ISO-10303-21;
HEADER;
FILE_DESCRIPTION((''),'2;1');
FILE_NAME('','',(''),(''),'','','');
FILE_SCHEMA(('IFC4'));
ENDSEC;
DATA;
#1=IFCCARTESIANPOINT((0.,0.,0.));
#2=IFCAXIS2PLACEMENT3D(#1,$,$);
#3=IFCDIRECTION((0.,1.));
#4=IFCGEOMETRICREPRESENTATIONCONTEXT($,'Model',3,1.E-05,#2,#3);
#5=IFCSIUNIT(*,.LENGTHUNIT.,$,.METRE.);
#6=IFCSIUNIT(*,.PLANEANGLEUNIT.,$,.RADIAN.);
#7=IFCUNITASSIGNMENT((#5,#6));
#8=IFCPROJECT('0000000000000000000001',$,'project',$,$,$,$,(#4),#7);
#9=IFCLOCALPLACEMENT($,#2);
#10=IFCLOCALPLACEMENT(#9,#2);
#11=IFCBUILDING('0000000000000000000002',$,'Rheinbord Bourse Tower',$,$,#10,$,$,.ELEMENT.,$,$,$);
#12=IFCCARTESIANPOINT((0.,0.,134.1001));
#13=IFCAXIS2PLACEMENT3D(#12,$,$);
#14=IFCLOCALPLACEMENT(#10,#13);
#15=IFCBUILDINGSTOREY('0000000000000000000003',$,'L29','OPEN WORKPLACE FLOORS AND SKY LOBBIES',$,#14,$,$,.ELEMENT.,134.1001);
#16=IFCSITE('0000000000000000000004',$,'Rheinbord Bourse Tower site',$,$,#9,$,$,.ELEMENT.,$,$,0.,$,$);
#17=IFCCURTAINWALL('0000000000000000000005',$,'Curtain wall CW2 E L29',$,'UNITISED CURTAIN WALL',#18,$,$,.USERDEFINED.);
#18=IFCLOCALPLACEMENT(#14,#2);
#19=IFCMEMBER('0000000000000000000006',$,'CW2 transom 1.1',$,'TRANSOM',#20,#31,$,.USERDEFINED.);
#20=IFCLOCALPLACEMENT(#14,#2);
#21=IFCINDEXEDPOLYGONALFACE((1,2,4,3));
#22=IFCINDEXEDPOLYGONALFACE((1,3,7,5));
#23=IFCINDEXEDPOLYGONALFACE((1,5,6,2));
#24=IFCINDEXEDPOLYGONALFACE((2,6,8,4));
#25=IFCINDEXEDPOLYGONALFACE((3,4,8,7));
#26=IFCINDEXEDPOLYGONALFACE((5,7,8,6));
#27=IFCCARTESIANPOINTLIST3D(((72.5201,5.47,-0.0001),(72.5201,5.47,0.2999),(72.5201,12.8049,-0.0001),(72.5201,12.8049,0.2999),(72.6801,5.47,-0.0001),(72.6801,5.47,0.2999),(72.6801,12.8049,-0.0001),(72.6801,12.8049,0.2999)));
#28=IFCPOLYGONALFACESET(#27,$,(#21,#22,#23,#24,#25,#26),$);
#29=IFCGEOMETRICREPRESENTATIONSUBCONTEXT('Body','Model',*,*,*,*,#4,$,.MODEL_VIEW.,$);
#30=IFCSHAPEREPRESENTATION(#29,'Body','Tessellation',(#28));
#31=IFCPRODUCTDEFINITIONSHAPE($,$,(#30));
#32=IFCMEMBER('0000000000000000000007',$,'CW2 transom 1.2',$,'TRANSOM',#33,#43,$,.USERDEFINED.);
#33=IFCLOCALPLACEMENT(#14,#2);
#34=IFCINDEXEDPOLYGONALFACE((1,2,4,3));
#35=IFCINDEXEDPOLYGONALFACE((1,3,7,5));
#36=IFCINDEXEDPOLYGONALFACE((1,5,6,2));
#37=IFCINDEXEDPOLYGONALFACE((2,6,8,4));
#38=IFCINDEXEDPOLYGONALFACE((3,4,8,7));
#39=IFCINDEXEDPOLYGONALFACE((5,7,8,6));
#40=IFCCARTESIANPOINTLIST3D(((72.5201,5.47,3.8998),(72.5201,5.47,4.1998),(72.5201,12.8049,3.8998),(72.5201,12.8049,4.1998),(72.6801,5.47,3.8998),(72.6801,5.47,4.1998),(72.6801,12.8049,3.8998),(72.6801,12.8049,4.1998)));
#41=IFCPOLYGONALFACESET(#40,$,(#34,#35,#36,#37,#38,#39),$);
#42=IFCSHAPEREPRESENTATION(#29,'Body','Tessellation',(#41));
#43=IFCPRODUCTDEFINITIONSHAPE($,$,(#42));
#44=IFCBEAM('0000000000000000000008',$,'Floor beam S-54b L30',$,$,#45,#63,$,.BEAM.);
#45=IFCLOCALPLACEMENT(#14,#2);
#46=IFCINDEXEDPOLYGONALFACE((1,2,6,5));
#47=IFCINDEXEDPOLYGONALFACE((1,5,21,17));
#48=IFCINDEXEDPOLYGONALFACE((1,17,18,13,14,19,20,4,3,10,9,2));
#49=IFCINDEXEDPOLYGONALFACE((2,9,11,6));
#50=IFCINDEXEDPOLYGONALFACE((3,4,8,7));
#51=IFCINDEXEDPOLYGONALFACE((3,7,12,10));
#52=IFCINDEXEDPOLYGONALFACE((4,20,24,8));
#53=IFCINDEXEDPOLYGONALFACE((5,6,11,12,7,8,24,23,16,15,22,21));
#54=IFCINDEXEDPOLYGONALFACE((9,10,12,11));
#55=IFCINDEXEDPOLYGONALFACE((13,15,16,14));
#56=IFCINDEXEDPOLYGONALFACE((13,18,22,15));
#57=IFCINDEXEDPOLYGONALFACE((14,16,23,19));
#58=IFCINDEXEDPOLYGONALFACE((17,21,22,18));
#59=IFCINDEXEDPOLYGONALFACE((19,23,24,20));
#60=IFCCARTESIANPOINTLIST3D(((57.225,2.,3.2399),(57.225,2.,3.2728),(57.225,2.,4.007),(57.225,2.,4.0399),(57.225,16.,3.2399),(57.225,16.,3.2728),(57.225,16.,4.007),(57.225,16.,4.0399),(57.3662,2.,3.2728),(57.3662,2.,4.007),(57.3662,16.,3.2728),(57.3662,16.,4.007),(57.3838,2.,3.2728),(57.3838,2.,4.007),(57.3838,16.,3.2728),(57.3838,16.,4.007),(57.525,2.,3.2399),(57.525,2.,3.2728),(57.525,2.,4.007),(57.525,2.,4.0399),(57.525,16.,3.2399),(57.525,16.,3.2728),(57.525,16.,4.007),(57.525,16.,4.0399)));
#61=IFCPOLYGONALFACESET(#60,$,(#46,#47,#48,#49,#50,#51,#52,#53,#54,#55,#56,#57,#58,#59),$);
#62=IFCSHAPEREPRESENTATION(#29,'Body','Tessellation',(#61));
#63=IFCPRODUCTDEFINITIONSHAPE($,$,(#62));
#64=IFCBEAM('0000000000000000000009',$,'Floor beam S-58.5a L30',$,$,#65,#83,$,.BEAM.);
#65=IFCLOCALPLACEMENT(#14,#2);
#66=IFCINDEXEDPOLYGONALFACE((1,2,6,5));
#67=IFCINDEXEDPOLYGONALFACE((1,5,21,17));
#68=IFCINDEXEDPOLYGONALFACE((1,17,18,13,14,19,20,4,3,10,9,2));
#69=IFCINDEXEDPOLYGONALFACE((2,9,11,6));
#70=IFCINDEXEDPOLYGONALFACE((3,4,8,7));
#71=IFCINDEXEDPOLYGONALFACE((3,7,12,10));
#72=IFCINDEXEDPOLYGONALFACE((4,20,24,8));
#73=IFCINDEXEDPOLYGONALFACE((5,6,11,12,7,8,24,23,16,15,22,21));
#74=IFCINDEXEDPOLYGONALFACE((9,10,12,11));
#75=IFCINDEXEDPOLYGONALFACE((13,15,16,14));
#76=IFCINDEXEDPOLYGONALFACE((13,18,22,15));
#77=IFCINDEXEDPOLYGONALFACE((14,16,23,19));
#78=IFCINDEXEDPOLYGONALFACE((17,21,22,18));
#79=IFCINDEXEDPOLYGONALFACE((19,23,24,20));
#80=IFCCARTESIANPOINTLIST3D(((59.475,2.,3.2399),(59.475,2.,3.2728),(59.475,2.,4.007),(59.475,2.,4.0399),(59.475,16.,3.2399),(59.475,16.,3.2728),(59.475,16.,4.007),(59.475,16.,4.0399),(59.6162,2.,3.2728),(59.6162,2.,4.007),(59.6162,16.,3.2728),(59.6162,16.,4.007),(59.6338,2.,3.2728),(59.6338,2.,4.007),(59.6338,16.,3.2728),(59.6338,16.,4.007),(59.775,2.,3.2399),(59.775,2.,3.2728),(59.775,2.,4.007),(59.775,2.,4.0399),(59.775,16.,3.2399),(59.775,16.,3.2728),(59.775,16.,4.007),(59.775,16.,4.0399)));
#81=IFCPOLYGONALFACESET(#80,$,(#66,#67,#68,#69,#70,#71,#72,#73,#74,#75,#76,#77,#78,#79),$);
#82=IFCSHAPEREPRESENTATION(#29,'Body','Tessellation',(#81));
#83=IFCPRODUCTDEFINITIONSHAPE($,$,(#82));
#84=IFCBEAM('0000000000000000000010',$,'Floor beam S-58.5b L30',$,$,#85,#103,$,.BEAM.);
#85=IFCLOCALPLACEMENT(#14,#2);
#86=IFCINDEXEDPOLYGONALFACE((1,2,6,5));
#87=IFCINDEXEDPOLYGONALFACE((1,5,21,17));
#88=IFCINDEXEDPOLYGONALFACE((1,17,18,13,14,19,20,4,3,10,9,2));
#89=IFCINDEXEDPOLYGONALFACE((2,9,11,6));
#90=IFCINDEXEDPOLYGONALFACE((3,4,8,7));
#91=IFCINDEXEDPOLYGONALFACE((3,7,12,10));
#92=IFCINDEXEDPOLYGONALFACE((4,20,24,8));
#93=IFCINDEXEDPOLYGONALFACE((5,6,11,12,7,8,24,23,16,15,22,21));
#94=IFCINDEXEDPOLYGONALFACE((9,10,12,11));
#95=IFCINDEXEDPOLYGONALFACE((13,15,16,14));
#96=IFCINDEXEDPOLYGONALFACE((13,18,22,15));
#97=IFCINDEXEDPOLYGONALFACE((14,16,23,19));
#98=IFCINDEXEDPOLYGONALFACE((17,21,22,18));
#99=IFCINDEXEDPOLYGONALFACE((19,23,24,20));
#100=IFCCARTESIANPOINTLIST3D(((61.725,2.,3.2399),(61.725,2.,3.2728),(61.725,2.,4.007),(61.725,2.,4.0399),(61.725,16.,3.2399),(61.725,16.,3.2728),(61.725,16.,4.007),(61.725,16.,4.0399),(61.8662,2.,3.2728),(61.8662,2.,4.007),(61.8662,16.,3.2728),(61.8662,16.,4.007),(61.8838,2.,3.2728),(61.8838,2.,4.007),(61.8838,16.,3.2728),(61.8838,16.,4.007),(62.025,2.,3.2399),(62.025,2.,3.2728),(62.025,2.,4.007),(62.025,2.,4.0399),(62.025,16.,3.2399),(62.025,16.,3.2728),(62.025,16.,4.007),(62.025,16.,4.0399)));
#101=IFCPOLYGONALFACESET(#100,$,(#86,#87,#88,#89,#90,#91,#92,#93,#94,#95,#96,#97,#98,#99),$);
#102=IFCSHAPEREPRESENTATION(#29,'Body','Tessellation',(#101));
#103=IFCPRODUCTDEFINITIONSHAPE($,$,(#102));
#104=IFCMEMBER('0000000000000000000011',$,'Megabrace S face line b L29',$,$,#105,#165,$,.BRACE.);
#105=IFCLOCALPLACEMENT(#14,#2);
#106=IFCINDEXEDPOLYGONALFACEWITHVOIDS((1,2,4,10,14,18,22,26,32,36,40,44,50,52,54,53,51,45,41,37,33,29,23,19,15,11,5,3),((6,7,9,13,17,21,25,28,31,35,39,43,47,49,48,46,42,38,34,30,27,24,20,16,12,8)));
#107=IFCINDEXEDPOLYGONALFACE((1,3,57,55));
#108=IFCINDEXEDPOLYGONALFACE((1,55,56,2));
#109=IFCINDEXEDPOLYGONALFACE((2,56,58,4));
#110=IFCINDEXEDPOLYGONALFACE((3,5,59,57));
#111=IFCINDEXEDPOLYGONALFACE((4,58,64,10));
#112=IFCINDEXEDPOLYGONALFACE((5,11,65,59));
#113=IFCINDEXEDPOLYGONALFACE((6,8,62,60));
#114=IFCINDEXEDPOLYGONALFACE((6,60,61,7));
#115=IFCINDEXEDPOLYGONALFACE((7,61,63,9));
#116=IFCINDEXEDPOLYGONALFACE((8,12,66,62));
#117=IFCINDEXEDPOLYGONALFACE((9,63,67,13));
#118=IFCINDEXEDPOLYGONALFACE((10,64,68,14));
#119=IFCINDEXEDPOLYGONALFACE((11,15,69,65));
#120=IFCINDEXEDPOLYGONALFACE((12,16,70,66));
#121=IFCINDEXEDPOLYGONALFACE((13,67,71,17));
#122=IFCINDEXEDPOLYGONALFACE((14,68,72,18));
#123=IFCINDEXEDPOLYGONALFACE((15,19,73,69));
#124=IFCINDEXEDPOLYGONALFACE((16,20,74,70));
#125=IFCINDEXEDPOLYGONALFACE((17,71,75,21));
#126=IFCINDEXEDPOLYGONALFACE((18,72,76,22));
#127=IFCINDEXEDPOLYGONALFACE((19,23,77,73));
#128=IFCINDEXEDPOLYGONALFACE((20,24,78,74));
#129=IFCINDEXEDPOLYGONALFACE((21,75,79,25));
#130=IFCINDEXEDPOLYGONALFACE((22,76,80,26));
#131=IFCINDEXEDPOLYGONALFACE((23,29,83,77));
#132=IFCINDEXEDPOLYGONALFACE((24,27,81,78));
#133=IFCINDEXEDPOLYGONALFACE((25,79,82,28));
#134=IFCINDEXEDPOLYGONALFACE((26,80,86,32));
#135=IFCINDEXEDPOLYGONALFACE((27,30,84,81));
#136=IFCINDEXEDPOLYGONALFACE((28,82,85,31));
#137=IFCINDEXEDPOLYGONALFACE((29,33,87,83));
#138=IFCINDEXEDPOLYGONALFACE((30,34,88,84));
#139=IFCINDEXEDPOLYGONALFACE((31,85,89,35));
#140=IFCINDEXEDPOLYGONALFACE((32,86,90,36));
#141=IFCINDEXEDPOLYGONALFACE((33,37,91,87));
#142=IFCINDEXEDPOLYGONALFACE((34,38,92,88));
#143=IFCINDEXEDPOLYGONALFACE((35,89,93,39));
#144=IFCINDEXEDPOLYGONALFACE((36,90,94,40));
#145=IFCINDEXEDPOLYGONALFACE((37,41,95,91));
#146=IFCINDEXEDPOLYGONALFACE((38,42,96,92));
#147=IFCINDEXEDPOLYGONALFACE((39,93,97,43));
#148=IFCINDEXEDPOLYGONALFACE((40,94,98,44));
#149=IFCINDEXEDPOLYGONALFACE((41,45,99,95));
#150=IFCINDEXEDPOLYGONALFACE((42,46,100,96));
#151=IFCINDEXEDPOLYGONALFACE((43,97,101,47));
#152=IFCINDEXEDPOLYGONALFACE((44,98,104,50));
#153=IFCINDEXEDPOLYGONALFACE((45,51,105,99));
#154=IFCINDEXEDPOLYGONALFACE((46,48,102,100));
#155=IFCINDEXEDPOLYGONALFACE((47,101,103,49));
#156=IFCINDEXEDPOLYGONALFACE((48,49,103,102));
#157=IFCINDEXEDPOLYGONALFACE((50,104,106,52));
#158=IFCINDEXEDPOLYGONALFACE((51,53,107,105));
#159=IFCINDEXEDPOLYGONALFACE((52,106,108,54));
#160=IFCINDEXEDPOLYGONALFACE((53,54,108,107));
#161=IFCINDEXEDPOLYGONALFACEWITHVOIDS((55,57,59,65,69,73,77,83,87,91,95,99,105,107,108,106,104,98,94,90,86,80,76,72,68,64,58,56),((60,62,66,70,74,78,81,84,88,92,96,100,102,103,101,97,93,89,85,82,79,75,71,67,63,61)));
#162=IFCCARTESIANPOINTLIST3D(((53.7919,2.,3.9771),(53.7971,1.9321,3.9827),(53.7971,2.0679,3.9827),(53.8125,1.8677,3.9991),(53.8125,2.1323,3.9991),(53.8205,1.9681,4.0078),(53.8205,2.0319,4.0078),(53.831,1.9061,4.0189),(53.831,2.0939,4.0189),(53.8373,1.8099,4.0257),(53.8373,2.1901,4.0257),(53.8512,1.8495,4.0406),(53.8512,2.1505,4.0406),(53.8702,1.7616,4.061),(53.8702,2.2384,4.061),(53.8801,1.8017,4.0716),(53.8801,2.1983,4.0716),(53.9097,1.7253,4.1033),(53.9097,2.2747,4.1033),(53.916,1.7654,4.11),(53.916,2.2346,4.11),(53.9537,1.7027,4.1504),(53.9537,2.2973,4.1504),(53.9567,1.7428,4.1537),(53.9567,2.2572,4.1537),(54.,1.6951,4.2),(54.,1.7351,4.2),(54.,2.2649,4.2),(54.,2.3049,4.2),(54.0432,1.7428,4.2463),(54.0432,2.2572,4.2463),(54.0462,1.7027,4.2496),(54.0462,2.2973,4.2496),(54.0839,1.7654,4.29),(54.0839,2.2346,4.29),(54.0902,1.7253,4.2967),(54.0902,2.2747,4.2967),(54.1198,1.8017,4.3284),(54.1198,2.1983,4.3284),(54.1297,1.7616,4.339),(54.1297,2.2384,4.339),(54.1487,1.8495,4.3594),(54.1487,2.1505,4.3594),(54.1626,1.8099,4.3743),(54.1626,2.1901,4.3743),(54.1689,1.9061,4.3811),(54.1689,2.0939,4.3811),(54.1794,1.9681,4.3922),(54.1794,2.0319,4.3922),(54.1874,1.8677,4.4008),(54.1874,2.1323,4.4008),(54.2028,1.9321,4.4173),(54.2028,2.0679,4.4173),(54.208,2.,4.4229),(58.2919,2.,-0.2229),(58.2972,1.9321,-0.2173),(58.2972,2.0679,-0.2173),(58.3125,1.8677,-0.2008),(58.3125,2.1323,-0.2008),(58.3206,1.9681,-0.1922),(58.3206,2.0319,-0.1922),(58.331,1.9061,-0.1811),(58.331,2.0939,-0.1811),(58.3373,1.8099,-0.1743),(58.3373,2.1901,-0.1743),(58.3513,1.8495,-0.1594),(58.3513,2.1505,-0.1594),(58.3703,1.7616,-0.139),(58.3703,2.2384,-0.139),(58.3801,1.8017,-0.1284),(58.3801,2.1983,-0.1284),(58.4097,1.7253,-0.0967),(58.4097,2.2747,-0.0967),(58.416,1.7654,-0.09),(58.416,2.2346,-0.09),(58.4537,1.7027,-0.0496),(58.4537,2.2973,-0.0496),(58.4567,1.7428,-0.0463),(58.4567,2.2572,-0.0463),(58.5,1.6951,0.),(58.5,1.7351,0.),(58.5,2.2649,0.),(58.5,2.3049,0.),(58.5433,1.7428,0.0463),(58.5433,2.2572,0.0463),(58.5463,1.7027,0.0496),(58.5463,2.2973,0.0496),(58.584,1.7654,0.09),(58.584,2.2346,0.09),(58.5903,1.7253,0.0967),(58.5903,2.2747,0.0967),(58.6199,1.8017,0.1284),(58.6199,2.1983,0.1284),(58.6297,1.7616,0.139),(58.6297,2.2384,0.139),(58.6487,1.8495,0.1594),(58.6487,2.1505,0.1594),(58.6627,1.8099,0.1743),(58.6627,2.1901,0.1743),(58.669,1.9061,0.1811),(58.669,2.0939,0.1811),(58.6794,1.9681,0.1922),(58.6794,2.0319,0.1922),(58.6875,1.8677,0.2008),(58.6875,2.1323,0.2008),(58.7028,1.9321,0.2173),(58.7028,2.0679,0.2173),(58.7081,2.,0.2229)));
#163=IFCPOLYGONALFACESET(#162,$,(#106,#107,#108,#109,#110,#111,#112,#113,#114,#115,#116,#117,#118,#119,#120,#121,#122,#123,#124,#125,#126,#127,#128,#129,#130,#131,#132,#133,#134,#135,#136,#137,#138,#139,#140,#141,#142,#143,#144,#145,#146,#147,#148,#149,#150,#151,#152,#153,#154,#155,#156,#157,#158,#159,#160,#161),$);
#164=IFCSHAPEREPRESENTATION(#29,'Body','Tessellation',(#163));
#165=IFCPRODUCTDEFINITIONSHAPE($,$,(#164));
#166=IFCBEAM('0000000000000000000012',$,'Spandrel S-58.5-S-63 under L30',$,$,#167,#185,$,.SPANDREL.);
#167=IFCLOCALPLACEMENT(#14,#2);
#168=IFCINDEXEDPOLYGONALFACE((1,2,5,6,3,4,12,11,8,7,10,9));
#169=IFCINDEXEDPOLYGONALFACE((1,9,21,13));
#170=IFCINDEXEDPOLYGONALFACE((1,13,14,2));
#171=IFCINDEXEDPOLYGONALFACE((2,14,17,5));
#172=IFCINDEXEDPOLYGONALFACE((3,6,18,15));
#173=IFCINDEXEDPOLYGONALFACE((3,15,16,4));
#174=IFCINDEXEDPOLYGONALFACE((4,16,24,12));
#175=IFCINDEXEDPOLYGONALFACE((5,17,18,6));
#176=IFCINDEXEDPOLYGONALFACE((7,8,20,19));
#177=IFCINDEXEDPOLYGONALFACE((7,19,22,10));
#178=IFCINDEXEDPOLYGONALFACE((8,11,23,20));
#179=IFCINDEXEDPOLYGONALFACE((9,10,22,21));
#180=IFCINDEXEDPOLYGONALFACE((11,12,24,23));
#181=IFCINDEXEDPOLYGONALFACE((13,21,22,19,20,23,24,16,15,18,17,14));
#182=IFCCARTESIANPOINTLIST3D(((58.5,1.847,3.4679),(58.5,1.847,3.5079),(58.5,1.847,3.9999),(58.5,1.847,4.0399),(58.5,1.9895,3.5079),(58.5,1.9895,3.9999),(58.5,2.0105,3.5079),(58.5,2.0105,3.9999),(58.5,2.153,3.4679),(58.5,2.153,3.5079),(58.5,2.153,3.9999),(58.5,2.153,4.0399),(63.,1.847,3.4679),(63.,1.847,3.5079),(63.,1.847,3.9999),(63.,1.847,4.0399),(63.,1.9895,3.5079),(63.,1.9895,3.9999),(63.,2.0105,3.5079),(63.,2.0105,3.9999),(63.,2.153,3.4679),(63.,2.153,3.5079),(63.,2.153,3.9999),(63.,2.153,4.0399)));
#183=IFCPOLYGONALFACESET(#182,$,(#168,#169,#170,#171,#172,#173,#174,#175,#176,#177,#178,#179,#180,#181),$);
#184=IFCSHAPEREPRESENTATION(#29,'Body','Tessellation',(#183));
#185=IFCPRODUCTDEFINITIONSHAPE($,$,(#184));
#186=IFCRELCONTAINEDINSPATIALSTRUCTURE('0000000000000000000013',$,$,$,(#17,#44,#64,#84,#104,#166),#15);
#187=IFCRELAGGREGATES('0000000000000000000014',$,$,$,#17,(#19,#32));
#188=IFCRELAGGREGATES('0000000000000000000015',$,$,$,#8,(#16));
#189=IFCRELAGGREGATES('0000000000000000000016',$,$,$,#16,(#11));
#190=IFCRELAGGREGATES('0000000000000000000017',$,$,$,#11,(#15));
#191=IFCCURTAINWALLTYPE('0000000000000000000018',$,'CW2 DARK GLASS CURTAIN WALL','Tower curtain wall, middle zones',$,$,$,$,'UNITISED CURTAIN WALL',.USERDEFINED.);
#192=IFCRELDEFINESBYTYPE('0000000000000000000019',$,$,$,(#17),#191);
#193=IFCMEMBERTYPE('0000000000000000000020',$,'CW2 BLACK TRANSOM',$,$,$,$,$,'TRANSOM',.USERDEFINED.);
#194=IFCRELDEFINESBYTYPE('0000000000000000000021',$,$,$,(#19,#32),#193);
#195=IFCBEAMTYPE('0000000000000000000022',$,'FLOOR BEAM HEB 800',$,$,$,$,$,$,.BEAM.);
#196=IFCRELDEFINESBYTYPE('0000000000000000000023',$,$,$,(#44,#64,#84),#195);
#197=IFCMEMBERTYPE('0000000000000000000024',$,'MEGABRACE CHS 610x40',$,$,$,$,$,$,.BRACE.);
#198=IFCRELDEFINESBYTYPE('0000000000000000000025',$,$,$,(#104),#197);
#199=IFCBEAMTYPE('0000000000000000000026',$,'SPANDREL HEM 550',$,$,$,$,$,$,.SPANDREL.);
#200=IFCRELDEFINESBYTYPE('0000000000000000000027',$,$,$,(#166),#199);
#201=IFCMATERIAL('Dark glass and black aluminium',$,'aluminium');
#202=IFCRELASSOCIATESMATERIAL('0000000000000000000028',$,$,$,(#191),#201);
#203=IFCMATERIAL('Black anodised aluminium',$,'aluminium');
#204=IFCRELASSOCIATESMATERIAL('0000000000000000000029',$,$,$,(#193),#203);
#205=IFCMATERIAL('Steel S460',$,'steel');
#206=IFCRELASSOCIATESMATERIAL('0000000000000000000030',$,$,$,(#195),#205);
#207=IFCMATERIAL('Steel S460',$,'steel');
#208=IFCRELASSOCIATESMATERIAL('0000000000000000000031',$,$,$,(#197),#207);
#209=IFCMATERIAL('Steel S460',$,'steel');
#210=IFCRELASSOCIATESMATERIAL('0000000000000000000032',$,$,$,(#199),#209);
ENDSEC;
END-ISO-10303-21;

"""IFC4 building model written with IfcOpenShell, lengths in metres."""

from ifc_helpers import new_model, si_unit, direction, frame, origin, origin_2d, place, context, subcontext, project, spatial, rectangle, hollow_circle, i_section, extrude, material, material_profile, profile_set, type_object, element, aggregate, save


model = new_model("IFC4")

# Units and contexts
model_context = context("Model", 3, precision=1e-05, world=origin(), true_north=direction((0.0, 1.0)))
body_context = subcontext(model_context, "Body", "Model", "MODEL_VIEW")
ifc_project = project(units=[si_unit("LENGTHUNIT", "METRE"), si_unit("PLANEANGLEUNIT", "RADIAN")], contexts=[model_context])

# Site, building, storey
site_placement = place(None, origin())
site = spatial("IfcSite", under=ifc_project, at=site_placement, Name="Rheinbord Bourse Tower site", CompositionType="ELEMENT", RefElevation=0.0)
building_placement = place(site_placement, origin())
building = spatial("IfcBuilding", under=site, at=building_placement, Name="Rheinbord Bourse Tower", CompositionType="ELEMENT")
storey_placement = place(building_placement, frame((0.0, 0.0, 134.1001)))
storey = spatial("IfcBuildingStorey", under=building, at=storey_placement, Name="L29", Description="OPEN WORKPLACE FLOORS AND SKY LOBBIES", CompositionType="ELEMENT", Elevation=134.1001)

# Shared definitions
ifc_material_1 = material(Name="Dark glass and black aluminium", Category="aluminium")
curtain_wall_type = type_object("IfcCurtainWallType", Name="CW2 DARK GLASS CURTAIN WALL", Description="Tower curtain wall, middle zones", ElementType="UNITISED CURTAIN WALL", PredefinedType="USERDEFINED", material=ifc_material_1)

# Curtain wall
curtain_wall_1_placement = place(storey_placement, origin())
curtain_wall_1 = element("IfcCurtainWall", 1, at=curtain_wall_1_placement, inside=storey, type_object=curtain_wall_type, Name="Curtain wall CW2 E L29", ObjectType="UNITISED CURTAIN WALL", PredefinedType="USERDEFINED")

# Members
ifc_material_2 = material(Name="Black anodised aluminium", Category="aluminium")
ifc_material_profile_1 = material_profile(ifc_material_2, rectangle(XDim=0.1599, YDim=0.3, at=origin_2d()), Name="CW2 TRANSOM 300x160")
ifc_profile_set_1 = profile_set([ifc_material_profile_1], Name="Black anodised aluminium")
member_type_1 = type_object("IfcMemberType", Name="CW2 BLACK TRANSOM", ElementType="TRANSOM", PredefinedType="USERDEFINED", material=ifc_profile_set_1)
member_1_placement = place(storey_placement, frame((72.6001, 5.47, 0.1499), z_axis=(0.0, 1.0, 0.0), x_axis=(-1.0, 0.0, 0.0)))
member_1 = element("IfcMember", 2, at=member_1_placement, type_object=member_type_1, Name="CW2 transom 1.1", ObjectType="TRANSOM", PredefinedType="USERDEFINED", context=body_context, shape_type="SweptSolid", body=[
    extrude(rectangle(XDim=0.1599, YDim=0.3, at=origin_2d()), origin(), (0.0, 0.0, 1.0), 7.335),
])
member_2_placement = place(storey_placement, frame((72.6001, 5.47, 4.0498), z_axis=(0.0, 1.0, 0.0), x_axis=(-1.0, 0.0, 0.0)))
member_2 = element("IfcMember", 3, at=member_2_placement, type_object=member_type_1, Name="CW2 transom 1.2", ObjectType="TRANSOM", PredefinedType="USERDEFINED", context=body_context, shape_type="SweptSolid", body=[
    extrude(rectangle(XDim=0.1599, YDim=0.3, at=origin_2d()), origin(), (0.0, 0.0, 1.0), 7.335),
])

# Beams
ifc_material_3 = material(Name="Steel S460", Category="steel")
ifc_material_profile_2 = material_profile(ifc_material_3, i_section(OverallWidth=0.3, OverallDepth=0.8, WebThickness=0.0176, FlangeThickness=0.033, at=origin_2d()), Name="HEB 800")
ifc_profile_set_2 = profile_set([ifc_material_profile_2], Name="Steel S460")
beam_type_1 = type_object("IfcBeamType", Name="FLOOR BEAM HEB 800", PredefinedType="BEAM", material=ifc_profile_set_2)
for number, where, z_axis, x_axis, name in (
    (4, (57.375, 2.0, 3.6399), (0.0, 1.0, 0.0), (-1.0, 0.0, 0.0), "Floor beam S-54b L30"),
    (5, (59.625, 2.0, 3.6399), (0.0, 1.0, 0.0), (-1.0, 0.0, 0.0), "Floor beam S-58.5a L30"),
    (6, (61.875, 2.0, 3.6399), (0.0, 1.0, 0.0), (-1.0, 0.0, 0.0), "Floor beam S-58.5b L30"),
):
    element("IfcBeam", number, at=place(storey_placement, frame(where, z_axis=z_axis, x_axis=x_axis)), inside=storey, type_object=beam_type_1, Name=name, PredefinedType="BEAM", context=body_context, shape_type="SweptSolid", body=[
        extrude(i_section(OverallWidth=0.3, OverallDepth=0.8, WebThickness=0.0176, FlangeThickness=0.033, at=origin_2d()), origin(), (0.0, 0.0, 1.0), 14.0),
    ])

# Member
ifc_material_4 = material(Name="Steel S460", Category="steel")
ifc_material_profile_3 = material_profile(ifc_material_4, hollow_circle(Radius=0.3049, WallThickness=0.04, at=origin_2d()), Name="CHS 610x40")
ifc_profile_set_3 = profile_set([ifc_material_profile_3], Name="Steel S460")
member_type_2 = type_object("IfcMemberType", Name="MEGABRACE CHS 610x40", PredefinedType="BRACE", material=ifc_profile_set_3)
member_3_placement = place(storey_placement, frame((58.5, 2.0, 0.0), z_axis=(-0.731059, 0.0, 0.682314), x_axis=(0.0, -1.0, 0.0)))
element("IfcMember", 7, at=member_3_placement, inside=storey, type_object=member_type_2, Name="Megabrace S face line b L29", PredefinedType="BRACE", context=body_context, shape_type="SweptSolid", body=[
    extrude(hollow_circle(Radius=0.3049, WallThickness=0.04, at=origin_2d()), origin(), (0.0, 0.0, 1.0), 6.1555),
])

# Beam
ifc_material_5 = material(Name="Steel S460", Category="steel")
ifc_material_profile_4 = material_profile(ifc_material_5, i_section(OverallWidth=0.3059, OverallDepth=0.572, WebThickness=0.021, FlangeThickness=0.04, at=origin_2d()), Name="HEM 550")
ifc_profile_set_4 = profile_set([ifc_material_profile_4], Name="Steel S460")
beam_type_2 = type_object("IfcBeamType", Name="SPANDREL HEM 550", PredefinedType="SPANDREL", material=ifc_profile_set_4)
for number, where, z_axis, x_axis, name in (
    (8, (58.5, 2.0, 3.7539), (1.0, 0.0, 0.0), (0.0, 1.0, 0.0), "Spandrel S-58.5-S-63 under L30"),
):
    element("IfcBeam", number, at=place(storey_placement, frame(where, z_axis=z_axis, x_axis=x_axis)), inside=storey, type_object=beam_type_2, Name=name, PredefinedType="SPANDREL", context=body_context, shape_type="SweptSolid", body=[
        extrude(i_section(OverallWidth=0.3059, OverallDepth=0.572, WebThickness=0.021, FlangeThickness=0.04, at=origin_2d()), origin(), (0.0, 0.0, 1.0), 4.5),
    ])

aggregate(curtain_wall_1, [member_1, member_2])

save(model, "model.ifc")
